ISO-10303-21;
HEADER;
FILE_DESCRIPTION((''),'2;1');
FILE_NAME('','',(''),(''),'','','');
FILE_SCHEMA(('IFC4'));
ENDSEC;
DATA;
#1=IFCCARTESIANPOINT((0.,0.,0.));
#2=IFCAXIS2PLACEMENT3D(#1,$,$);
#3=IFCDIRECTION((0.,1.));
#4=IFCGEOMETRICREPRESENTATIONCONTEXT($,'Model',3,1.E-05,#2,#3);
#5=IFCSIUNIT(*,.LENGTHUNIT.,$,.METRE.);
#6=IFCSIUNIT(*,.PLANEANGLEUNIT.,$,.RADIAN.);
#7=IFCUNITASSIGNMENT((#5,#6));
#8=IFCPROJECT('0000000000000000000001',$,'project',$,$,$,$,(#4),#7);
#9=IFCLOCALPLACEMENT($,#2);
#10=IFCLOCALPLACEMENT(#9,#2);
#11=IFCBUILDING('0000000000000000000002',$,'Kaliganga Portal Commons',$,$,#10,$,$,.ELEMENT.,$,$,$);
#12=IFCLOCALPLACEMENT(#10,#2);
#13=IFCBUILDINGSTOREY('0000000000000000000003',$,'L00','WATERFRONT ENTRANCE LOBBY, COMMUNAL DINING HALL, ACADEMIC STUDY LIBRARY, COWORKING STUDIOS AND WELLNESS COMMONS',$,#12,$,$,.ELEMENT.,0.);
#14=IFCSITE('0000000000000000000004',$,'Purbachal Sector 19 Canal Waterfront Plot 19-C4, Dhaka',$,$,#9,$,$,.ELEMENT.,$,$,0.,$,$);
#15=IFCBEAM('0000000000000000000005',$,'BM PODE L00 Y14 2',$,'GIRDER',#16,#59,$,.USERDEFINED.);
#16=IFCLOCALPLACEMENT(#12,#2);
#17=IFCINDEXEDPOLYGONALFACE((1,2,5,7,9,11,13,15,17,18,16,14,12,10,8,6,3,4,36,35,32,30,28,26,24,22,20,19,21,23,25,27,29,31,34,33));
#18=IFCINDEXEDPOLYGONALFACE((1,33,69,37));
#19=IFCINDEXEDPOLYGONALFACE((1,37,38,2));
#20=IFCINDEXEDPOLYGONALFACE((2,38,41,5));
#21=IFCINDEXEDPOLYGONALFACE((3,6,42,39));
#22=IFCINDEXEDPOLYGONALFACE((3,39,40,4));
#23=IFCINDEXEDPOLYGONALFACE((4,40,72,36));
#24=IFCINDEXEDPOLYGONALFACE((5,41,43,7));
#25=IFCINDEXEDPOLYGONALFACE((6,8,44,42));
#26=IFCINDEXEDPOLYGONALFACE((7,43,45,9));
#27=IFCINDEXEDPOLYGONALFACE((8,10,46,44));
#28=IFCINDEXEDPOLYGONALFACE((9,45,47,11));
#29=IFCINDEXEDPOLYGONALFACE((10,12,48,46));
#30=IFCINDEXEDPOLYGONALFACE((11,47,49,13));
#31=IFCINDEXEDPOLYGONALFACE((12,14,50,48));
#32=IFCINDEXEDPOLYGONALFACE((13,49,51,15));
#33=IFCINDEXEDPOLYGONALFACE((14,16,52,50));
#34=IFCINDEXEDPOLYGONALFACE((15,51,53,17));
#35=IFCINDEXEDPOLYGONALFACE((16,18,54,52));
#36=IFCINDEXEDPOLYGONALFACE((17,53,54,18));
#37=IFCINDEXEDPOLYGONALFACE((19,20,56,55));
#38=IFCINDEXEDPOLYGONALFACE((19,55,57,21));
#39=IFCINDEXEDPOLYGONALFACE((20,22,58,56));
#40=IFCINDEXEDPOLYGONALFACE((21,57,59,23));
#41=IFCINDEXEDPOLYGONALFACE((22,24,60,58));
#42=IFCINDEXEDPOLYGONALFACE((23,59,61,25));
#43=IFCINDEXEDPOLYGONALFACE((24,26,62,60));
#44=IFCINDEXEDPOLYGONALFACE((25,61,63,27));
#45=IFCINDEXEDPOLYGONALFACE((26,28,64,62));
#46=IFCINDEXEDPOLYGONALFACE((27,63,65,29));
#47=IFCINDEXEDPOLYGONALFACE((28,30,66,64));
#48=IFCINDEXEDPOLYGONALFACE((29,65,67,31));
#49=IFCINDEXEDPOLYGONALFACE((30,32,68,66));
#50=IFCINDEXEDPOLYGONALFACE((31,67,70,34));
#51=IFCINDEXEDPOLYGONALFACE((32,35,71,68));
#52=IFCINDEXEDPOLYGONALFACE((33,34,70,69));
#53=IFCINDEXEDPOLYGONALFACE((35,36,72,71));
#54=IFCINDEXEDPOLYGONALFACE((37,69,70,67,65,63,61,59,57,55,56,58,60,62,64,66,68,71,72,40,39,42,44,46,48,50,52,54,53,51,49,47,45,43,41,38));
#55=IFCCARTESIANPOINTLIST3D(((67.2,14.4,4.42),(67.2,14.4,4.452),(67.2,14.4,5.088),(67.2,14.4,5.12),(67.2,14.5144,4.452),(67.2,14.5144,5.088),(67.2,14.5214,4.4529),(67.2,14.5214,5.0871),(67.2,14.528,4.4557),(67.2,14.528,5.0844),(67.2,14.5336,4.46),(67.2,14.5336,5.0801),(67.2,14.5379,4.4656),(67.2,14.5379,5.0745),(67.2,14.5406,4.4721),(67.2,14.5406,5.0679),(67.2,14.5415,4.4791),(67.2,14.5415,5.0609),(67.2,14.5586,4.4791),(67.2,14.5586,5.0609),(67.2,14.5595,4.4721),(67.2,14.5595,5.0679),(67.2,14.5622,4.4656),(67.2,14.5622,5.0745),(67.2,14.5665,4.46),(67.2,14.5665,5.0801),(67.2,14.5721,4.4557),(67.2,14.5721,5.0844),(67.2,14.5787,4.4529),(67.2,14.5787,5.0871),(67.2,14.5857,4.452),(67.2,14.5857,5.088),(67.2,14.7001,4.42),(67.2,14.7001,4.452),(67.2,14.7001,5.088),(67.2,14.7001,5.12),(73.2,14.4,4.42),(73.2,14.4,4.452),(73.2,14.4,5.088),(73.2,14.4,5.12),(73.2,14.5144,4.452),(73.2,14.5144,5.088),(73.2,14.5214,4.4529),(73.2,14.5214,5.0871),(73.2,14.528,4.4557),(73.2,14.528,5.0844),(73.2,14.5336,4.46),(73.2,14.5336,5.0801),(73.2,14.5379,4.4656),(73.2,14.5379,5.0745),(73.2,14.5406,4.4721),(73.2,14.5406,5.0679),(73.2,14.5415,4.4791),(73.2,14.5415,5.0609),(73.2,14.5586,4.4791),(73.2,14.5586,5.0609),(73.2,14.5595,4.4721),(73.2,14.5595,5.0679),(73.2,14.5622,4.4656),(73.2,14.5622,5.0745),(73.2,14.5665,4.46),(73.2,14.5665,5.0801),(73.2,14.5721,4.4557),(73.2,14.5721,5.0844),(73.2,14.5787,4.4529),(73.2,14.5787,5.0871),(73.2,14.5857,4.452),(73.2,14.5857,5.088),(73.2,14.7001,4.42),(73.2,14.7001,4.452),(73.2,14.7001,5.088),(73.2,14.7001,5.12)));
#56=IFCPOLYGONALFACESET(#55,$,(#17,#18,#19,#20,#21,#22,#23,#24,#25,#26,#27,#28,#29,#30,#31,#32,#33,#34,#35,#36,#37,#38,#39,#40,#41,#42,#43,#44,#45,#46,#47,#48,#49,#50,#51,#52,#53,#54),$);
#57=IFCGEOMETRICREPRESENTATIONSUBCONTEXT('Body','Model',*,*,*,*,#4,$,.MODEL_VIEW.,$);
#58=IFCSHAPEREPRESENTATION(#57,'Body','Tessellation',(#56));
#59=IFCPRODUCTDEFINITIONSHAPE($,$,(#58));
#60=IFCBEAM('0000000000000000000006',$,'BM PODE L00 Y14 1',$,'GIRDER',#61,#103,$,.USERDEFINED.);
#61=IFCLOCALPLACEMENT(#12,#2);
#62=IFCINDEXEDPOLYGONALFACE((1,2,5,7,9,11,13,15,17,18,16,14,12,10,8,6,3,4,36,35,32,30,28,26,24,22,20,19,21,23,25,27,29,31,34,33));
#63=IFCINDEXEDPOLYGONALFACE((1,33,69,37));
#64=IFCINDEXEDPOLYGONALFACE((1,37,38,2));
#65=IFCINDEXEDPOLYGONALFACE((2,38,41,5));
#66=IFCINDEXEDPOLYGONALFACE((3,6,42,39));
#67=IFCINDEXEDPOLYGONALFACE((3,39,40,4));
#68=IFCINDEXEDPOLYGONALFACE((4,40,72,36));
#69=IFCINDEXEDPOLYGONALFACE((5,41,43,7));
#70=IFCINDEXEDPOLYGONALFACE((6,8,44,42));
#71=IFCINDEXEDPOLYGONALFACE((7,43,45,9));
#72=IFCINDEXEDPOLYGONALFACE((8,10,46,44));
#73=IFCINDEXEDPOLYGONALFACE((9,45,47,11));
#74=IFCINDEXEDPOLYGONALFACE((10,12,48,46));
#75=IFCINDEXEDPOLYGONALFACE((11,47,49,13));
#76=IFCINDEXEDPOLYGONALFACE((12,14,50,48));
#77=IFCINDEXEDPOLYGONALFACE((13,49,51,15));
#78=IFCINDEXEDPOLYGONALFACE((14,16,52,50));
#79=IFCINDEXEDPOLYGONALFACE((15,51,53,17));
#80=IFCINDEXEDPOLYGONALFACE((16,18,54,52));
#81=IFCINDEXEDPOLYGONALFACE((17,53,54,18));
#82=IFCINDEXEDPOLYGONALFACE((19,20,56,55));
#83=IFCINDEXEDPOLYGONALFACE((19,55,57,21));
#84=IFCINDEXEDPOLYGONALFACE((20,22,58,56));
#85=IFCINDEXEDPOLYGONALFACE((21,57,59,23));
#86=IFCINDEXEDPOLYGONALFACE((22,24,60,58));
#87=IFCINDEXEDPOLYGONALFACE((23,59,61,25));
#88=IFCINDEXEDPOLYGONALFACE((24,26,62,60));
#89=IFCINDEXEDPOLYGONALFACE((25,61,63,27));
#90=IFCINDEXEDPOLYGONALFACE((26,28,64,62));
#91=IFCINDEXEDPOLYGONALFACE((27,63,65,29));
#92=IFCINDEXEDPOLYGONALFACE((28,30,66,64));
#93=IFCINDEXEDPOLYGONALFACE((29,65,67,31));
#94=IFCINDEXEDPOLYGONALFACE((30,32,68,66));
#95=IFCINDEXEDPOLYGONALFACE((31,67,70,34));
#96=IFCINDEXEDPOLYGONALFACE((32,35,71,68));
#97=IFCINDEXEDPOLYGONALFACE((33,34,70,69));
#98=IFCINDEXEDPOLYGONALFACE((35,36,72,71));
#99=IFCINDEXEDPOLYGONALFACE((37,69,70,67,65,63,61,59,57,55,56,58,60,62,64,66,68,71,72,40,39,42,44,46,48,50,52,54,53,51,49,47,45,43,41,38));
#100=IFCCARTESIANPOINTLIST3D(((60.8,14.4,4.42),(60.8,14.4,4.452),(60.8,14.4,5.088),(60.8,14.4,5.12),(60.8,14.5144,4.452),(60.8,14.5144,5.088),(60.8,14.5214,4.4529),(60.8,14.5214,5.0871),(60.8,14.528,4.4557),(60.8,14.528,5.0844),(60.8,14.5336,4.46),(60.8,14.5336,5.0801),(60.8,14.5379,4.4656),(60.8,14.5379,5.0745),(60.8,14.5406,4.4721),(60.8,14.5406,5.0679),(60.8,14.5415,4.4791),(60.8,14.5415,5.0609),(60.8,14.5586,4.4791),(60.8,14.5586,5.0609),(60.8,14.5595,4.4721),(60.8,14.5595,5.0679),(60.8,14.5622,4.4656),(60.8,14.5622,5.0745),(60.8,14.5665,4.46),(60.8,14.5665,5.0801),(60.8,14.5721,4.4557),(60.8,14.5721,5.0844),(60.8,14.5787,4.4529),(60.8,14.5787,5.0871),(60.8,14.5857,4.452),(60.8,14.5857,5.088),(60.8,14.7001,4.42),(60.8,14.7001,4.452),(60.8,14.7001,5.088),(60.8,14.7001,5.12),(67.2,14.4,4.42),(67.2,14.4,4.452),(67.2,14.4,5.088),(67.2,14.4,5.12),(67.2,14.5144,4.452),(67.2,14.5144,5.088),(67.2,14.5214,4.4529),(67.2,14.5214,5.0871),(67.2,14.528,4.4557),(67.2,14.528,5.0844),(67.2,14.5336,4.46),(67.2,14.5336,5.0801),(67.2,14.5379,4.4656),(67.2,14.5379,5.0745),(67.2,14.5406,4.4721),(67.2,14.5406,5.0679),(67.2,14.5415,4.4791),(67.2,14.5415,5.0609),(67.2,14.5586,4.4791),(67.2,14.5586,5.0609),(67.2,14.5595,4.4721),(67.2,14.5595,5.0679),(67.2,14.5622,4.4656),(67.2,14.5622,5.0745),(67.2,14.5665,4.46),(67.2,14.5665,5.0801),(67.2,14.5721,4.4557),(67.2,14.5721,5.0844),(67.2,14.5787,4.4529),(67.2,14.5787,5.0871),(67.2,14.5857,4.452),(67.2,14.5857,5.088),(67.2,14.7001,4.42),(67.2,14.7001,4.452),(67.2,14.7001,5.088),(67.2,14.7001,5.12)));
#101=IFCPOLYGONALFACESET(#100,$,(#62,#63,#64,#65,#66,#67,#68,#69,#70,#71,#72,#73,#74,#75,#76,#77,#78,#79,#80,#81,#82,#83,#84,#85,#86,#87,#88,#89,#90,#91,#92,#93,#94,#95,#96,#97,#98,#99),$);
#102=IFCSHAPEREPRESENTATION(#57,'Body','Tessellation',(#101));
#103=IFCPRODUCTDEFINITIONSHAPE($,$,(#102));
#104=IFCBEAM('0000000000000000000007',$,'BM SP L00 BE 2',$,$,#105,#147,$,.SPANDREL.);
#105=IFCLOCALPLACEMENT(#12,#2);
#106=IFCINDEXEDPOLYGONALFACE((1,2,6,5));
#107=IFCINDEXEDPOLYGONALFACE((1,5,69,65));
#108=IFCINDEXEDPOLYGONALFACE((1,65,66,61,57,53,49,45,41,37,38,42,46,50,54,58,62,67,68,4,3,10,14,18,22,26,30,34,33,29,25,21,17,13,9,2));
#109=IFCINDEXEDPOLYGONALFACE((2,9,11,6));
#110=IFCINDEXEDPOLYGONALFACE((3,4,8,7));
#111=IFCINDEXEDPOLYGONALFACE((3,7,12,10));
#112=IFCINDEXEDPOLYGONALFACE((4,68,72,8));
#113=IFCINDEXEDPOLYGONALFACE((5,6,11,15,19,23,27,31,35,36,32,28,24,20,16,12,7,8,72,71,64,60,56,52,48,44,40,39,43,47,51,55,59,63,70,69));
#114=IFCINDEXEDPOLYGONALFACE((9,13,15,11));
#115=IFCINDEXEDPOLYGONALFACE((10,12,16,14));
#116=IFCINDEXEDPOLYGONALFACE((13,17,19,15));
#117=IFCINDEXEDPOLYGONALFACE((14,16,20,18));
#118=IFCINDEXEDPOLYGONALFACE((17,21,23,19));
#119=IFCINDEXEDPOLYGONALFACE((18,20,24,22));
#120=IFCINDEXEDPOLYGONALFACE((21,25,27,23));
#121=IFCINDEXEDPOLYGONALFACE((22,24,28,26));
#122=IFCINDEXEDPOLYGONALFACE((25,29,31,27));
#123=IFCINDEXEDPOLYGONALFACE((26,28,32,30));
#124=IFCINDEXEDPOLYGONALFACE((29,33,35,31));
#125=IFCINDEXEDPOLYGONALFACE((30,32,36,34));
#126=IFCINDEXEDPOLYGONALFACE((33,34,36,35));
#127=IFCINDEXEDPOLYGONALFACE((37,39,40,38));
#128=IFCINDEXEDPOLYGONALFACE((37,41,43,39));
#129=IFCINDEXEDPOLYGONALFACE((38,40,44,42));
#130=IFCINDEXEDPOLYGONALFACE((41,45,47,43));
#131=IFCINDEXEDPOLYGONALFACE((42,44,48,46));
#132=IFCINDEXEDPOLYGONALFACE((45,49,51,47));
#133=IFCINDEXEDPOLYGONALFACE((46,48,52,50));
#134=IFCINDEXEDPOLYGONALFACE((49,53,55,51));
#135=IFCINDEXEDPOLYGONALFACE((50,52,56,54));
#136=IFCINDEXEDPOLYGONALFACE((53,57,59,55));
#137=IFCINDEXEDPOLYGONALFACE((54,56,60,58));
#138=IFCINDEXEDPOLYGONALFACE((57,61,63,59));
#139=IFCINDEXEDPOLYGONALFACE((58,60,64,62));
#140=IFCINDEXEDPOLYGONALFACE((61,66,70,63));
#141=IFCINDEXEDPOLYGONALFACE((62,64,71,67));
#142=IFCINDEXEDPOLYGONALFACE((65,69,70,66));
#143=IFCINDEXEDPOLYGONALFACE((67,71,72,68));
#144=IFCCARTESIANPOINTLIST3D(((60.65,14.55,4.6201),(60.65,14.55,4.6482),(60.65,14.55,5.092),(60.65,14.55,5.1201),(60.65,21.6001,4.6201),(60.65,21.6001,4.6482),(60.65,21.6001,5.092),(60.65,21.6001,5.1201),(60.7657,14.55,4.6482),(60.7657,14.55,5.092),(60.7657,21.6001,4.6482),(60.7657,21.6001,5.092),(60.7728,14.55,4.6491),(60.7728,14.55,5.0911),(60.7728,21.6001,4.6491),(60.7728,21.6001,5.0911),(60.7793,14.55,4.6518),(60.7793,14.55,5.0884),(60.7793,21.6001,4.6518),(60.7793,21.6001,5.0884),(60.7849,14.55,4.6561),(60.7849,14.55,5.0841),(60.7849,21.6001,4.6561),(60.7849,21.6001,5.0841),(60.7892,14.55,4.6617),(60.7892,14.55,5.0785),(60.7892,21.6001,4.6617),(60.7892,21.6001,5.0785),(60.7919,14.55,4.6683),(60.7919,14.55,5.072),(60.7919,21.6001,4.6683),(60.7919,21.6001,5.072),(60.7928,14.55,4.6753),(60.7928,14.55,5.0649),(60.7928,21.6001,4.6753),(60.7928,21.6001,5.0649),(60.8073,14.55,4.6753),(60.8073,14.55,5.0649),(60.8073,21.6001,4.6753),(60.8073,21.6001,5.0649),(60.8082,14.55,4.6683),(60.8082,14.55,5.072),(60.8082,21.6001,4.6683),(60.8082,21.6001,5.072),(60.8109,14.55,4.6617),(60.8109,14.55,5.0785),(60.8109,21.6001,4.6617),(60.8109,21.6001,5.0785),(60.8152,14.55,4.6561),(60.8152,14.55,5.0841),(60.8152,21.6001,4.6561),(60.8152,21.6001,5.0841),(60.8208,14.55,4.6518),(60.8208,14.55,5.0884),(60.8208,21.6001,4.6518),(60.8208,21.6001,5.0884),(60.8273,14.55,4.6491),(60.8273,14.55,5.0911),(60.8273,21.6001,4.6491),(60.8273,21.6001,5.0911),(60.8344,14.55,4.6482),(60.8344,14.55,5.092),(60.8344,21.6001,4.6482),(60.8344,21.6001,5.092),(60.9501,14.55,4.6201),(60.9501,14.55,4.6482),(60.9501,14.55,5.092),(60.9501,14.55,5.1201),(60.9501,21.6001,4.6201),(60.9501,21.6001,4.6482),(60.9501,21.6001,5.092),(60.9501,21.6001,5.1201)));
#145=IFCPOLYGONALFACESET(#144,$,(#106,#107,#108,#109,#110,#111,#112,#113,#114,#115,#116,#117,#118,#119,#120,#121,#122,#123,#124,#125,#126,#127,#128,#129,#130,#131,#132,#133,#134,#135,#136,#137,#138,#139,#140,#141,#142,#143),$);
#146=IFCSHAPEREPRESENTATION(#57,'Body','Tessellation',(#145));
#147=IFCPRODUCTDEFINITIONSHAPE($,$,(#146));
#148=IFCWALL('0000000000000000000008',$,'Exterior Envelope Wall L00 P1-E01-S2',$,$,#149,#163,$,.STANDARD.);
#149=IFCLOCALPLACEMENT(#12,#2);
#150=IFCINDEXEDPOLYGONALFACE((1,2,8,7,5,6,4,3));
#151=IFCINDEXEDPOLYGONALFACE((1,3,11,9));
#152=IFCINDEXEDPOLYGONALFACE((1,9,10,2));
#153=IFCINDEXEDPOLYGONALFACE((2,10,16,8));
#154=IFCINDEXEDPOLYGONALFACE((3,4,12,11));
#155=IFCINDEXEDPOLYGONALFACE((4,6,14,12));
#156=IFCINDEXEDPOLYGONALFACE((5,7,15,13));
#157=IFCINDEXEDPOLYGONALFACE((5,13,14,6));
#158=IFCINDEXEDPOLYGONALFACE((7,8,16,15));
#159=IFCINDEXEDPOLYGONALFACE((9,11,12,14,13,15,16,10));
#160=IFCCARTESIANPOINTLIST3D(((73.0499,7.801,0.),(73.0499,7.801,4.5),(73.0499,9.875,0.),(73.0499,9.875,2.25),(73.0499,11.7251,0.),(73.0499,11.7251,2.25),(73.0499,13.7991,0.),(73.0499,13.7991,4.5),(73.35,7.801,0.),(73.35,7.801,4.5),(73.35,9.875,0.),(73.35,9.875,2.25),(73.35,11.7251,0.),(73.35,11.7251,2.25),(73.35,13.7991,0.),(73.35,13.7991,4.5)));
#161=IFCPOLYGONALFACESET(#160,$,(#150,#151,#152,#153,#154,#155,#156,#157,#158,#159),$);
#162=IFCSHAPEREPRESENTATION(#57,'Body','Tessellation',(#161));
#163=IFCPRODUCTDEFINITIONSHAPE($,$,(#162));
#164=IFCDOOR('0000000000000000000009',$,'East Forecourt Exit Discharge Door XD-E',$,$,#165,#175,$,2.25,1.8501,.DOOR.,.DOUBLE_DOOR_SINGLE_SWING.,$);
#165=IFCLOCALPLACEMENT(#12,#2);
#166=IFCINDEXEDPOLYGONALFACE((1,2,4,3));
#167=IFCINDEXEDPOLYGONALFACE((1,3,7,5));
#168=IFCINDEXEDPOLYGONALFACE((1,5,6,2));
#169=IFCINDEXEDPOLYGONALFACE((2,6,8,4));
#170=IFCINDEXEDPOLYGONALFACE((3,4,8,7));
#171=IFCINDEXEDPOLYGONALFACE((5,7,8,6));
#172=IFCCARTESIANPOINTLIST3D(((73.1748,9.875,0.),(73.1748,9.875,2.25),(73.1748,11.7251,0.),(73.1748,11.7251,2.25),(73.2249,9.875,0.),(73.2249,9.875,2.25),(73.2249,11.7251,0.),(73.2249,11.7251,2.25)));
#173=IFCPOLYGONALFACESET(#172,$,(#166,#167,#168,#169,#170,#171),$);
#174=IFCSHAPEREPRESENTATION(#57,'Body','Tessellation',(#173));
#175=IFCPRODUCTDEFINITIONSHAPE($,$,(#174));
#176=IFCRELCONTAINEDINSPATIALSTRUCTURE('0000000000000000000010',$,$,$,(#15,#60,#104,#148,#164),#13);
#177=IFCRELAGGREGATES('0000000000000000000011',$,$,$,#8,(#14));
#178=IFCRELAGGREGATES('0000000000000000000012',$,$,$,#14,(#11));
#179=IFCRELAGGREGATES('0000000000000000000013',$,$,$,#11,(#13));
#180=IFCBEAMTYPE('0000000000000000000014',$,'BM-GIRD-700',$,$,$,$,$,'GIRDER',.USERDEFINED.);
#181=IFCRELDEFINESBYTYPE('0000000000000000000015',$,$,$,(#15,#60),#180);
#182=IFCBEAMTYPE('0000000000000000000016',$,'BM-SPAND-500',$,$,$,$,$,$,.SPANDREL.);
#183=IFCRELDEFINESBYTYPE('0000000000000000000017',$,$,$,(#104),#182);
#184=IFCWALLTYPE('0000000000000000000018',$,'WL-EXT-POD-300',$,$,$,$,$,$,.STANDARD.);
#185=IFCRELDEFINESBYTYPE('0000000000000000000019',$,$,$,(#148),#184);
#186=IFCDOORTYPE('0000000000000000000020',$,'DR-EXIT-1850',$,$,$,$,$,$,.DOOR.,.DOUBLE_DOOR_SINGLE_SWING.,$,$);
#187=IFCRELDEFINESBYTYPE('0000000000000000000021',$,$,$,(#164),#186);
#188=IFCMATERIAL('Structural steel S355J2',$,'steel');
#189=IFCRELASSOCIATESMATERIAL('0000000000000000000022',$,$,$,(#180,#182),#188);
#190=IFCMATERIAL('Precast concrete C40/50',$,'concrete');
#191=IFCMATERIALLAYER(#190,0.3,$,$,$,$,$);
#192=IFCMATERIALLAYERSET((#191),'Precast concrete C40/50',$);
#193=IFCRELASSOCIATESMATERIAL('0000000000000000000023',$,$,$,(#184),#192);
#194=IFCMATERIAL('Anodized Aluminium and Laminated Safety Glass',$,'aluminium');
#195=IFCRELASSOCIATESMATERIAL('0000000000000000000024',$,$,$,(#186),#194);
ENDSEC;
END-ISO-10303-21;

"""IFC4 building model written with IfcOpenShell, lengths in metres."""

from ifc_helpers import new_model, si_unit, direction, frame, frame_2d, origin, origin_2d, place, context, subcontext, project, spatial, rectangle, i_section, extrude, source, transform, mapped, material, layer, layer_set, material_profile, profile_set, type_object, element, fill, save


model = new_model("IFC4")

# Units and contexts
model_context = context("Model", 3, precision=1e-05, world=origin(), true_north=direction((0.0, 1.0)))
body_context = subcontext(model_context, "Body", "Model", "MODEL_VIEW")
ifc_project = project(units=[si_unit("LENGTHUNIT", "METRE"), si_unit("PLANEANGLEUNIT", "RADIAN")], contexts=[model_context])

# Site, building, storey
site_placement = place(None, origin())
site = spatial("IfcSite", under=ifc_project, at=site_placement, Name="Purbachal Sector 19 Canal Waterfront Plot 19-C4, Dhaka", CompositionType="ELEMENT", RefElevation=0.0)
building_placement = place(site_placement, origin())
building = spatial("IfcBuilding", under=site, at=building_placement, Name="Kaliganga Portal Commons", CompositionType="ELEMENT")
storey_placement = place(building_placement, origin())
storey = spatial("IfcBuildingStorey", under=building, at=storey_placement, Name="L00", Description="WATERFRONT ENTRANCE LOBBY, COMMUNAL DINING HALL, ACADEMIC STUDY LIBRARY, COWORKING STUDIOS AND WELLNESS COMMONS", CompositionType="ELEMENT", Elevation=0.0)

# Beams
ifc_material_1 = material(Name="Structural steel S355J2", Category="steel")
ifc_material_profile_1 = material_profile(ifc_material_1, i_section(OverallWidth=0.3, OverallDepth=0.7, WebThickness=0.0171, FlangeThickness=0.032, FilletRadius=0.0271, at=origin_2d()), Name="HE 700 B")
ifc_profile_set_1 = profile_set([ifc_material_profile_1], Name="Structural steel S355J2 wide-flange")
beam_type_1 = type_object("IfcBeamType", Name="BM-GIRD-700", ElementType="GIRDER", PredefinedType="USERDEFINED", material=ifc_profile_set_1)
shared_shape_1 = source(origin(), body_context, "Body", "SweptSolid", [
    extrude(i_section(OverallWidth=0.3, OverallDepth=0.7, WebThickness=0.0171, FlangeThickness=0.032, FilletRadius=0.0271, at=origin_2d()), origin(), (0.0, 0.0, 1.0), 6.0),
])
beam_1_placement = place(storey_placement, frame((67.2, 14.55, 4.77), z_axis=(1.0, 0.0, 0.0), x_axis=(0.0, 1.0, 0.0)))
element("IfcBeam", 1, at=beam_1_placement, inside=storey, type_object=beam_type_1, Name="BM PODE L00 Y14 2", ObjectType="GIRDER", PredefinedType="USERDEFINED", context=body_context, shape_type="MappedRepresentation", body=[
    mapped(shared_shape_1, transform((0.0, 0.0, 0.0), x_axis=(1.0, 0.0, 0.0), y_axis=(0.0, 1.0, 0.0), z_axis=(0.0, 0.0, 1.0), scale=1.0)),
])
shared_shape_2 = source(origin(), body_context, "Body", "SweptSolid", [
    extrude(i_section(OverallWidth=0.3, OverallDepth=0.7, WebThickness=0.0171, FlangeThickness=0.032, FilletRadius=0.0271, at=origin_2d()), origin(), (0.0, 0.0, 1.0), 6.3999),
])
beam_2_placement = place(storey_placement, frame((60.8, 14.55, 4.77), z_axis=(1.0, 0.0, 0.0), x_axis=(0.0, 1.0, 0.0)))
element("IfcBeam", 2, at=beam_2_placement, inside=storey, type_object=beam_type_1, Name="BM PODE L00 Y14 1", ObjectType="GIRDER", PredefinedType="USERDEFINED", context=body_context, shape_type="MappedRepresentation", body=[
    mapped(shared_shape_2, transform((0.0, 0.0, 0.0), x_axis=(1.0, 0.0, 0.0), y_axis=(0.0, 1.0, 0.0), z_axis=(0.0, 0.0, 1.0), scale=1.0)),
])
ifc_material_profile_2 = material_profile(ifc_material_1, i_section(OverallWidth=0.3, OverallDepth=0.5, WebThickness=0.0144, FlangeThickness=0.0281, FilletRadius=0.0271, at=origin_2d()), Name="HE 500 B")
ifc_profile_set_2 = profile_set([ifc_material_profile_2], Name="Structural steel S355J2 wide-flange")
beam_type_2 = type_object("IfcBeamType", Name="BM-SPAND-500", PredefinedType="SPANDREL", material=ifc_profile_set_2)
shared_shape_3 = source(origin(), body_context, "Body", "SweptSolid", [
    extrude(i_section(OverallWidth=0.3, OverallDepth=0.5, WebThickness=0.0144, FlangeThickness=0.0281, FilletRadius=0.0271, at=origin_2d()), origin(), (0.0, 0.0, 1.0), 7.05),
])
beam_3_placement = place(storey_placement, frame((60.8, 14.55, 4.8701), z_axis=(0.0, 1.0, 0.0), x_axis=(-1.0, 0.0, 0.0)))
element("IfcBeam", 3, at=beam_3_placement, inside=storey, type_object=beam_type_2, Name="BM SP L00 BE 2", PredefinedType="SPANDREL", context=body_context, shape_type="MappedRepresentation", body=[
    mapped(shared_shape_3, transform((0.0, 0.0, 0.0), x_axis=(1.0, 0.0, 0.0), y_axis=(0.0, 1.0, 0.0), z_axis=(0.0, 0.0, 1.0), scale=1.0)),
])

# Wall, opening, door
ifc_material_2 = material(Name="Precast concrete C40/50", Category="concrete")
ifc_layer_1 = layer(ifc_material_2, 0.3)
ifc_layer_set_1 = layer_set([ifc_layer_1], Name="Precast concrete C40/50")
wall_type_1 = type_object("IfcWallType", Name="WL-EXT-POD-300", PredefinedType="STANDARD", material=ifc_layer_set_1)
wall_1_placement = place(storey_placement, frame((73.2, 13.7991, 0.0), z_axis=(0.0, 0.0, 1.0), x_axis=(0.0, -1.0, 0.0)))
wall_1 = element("IfcWall", 4, at=wall_1_placement, inside=storey, type_object=wall_type_1, Name="Exterior Envelope Wall L00 P1-E01-S2", PredefinedType="STANDARD", context=body_context, shape_type="SweptSolid", body=[
    extrude(rectangle(XDim=5.998, YDim=0.3, at=frame_2d((2.999, 0.0))), origin(), (0.0, 0.0, 1.0), 4.5),
])
opening_1_placement = place(wall_1_placement, frame((2.074, 0.0, 0.0)))
opening_1 = element("IfcOpeningElement", 5, at=opening_1_placement, cuts=wall_1, PredefinedType="OPENING", context=body_context, shape_type="SweptSolid", body=[
    extrude(rectangle(XDim=1.8501, YDim=2.25, at=frame_2d((0.925, 1.125))), frame((0.0, 0.1602, 0.0), z_axis=(0.0, -1.0, 0.0), x_axis=(1.0, 0.0, 0.0)), (0.0, 0.0, 1.0), 0.3201),
])
ifc_material_3 = material(Name="Anodized Aluminium and Laminated Safety Glass", Category="aluminium")
door_type = type_object("IfcDoorType", Name="DR-EXIT-1850", OperationType="DOUBLE_DOOR_SINGLE_SWING", PredefinedType="DOOR", material=ifc_material_3)
door_1_placement = place(opening_1_placement, origin())
door_1 = element("IfcDoor", 6, at=door_1_placement, inside=storey, type_object=door_type, Name="East Forecourt Exit Discharge Door XD-E", OperationType="DOUBLE_DOOR_SINGLE_SWING", OverallHeight=2.25, OverallWidth=1.8501, PredefinedType="DOOR", context=body_context, shape_type="SweptSolid", body=[
    extrude(rectangle(XDim=1.8501, YDim=2.25, at=frame_2d((0.925, 1.125))), frame((0.0, 0.0249, 0.0), z_axis=(0.0, -1.0, 0.0), x_axis=(1.0, 0.0, 0.0)), (0.0, 0.0, 1.0), 0.05),
])
fill(opening_1, door_1)

save(model, "model.ifc")
